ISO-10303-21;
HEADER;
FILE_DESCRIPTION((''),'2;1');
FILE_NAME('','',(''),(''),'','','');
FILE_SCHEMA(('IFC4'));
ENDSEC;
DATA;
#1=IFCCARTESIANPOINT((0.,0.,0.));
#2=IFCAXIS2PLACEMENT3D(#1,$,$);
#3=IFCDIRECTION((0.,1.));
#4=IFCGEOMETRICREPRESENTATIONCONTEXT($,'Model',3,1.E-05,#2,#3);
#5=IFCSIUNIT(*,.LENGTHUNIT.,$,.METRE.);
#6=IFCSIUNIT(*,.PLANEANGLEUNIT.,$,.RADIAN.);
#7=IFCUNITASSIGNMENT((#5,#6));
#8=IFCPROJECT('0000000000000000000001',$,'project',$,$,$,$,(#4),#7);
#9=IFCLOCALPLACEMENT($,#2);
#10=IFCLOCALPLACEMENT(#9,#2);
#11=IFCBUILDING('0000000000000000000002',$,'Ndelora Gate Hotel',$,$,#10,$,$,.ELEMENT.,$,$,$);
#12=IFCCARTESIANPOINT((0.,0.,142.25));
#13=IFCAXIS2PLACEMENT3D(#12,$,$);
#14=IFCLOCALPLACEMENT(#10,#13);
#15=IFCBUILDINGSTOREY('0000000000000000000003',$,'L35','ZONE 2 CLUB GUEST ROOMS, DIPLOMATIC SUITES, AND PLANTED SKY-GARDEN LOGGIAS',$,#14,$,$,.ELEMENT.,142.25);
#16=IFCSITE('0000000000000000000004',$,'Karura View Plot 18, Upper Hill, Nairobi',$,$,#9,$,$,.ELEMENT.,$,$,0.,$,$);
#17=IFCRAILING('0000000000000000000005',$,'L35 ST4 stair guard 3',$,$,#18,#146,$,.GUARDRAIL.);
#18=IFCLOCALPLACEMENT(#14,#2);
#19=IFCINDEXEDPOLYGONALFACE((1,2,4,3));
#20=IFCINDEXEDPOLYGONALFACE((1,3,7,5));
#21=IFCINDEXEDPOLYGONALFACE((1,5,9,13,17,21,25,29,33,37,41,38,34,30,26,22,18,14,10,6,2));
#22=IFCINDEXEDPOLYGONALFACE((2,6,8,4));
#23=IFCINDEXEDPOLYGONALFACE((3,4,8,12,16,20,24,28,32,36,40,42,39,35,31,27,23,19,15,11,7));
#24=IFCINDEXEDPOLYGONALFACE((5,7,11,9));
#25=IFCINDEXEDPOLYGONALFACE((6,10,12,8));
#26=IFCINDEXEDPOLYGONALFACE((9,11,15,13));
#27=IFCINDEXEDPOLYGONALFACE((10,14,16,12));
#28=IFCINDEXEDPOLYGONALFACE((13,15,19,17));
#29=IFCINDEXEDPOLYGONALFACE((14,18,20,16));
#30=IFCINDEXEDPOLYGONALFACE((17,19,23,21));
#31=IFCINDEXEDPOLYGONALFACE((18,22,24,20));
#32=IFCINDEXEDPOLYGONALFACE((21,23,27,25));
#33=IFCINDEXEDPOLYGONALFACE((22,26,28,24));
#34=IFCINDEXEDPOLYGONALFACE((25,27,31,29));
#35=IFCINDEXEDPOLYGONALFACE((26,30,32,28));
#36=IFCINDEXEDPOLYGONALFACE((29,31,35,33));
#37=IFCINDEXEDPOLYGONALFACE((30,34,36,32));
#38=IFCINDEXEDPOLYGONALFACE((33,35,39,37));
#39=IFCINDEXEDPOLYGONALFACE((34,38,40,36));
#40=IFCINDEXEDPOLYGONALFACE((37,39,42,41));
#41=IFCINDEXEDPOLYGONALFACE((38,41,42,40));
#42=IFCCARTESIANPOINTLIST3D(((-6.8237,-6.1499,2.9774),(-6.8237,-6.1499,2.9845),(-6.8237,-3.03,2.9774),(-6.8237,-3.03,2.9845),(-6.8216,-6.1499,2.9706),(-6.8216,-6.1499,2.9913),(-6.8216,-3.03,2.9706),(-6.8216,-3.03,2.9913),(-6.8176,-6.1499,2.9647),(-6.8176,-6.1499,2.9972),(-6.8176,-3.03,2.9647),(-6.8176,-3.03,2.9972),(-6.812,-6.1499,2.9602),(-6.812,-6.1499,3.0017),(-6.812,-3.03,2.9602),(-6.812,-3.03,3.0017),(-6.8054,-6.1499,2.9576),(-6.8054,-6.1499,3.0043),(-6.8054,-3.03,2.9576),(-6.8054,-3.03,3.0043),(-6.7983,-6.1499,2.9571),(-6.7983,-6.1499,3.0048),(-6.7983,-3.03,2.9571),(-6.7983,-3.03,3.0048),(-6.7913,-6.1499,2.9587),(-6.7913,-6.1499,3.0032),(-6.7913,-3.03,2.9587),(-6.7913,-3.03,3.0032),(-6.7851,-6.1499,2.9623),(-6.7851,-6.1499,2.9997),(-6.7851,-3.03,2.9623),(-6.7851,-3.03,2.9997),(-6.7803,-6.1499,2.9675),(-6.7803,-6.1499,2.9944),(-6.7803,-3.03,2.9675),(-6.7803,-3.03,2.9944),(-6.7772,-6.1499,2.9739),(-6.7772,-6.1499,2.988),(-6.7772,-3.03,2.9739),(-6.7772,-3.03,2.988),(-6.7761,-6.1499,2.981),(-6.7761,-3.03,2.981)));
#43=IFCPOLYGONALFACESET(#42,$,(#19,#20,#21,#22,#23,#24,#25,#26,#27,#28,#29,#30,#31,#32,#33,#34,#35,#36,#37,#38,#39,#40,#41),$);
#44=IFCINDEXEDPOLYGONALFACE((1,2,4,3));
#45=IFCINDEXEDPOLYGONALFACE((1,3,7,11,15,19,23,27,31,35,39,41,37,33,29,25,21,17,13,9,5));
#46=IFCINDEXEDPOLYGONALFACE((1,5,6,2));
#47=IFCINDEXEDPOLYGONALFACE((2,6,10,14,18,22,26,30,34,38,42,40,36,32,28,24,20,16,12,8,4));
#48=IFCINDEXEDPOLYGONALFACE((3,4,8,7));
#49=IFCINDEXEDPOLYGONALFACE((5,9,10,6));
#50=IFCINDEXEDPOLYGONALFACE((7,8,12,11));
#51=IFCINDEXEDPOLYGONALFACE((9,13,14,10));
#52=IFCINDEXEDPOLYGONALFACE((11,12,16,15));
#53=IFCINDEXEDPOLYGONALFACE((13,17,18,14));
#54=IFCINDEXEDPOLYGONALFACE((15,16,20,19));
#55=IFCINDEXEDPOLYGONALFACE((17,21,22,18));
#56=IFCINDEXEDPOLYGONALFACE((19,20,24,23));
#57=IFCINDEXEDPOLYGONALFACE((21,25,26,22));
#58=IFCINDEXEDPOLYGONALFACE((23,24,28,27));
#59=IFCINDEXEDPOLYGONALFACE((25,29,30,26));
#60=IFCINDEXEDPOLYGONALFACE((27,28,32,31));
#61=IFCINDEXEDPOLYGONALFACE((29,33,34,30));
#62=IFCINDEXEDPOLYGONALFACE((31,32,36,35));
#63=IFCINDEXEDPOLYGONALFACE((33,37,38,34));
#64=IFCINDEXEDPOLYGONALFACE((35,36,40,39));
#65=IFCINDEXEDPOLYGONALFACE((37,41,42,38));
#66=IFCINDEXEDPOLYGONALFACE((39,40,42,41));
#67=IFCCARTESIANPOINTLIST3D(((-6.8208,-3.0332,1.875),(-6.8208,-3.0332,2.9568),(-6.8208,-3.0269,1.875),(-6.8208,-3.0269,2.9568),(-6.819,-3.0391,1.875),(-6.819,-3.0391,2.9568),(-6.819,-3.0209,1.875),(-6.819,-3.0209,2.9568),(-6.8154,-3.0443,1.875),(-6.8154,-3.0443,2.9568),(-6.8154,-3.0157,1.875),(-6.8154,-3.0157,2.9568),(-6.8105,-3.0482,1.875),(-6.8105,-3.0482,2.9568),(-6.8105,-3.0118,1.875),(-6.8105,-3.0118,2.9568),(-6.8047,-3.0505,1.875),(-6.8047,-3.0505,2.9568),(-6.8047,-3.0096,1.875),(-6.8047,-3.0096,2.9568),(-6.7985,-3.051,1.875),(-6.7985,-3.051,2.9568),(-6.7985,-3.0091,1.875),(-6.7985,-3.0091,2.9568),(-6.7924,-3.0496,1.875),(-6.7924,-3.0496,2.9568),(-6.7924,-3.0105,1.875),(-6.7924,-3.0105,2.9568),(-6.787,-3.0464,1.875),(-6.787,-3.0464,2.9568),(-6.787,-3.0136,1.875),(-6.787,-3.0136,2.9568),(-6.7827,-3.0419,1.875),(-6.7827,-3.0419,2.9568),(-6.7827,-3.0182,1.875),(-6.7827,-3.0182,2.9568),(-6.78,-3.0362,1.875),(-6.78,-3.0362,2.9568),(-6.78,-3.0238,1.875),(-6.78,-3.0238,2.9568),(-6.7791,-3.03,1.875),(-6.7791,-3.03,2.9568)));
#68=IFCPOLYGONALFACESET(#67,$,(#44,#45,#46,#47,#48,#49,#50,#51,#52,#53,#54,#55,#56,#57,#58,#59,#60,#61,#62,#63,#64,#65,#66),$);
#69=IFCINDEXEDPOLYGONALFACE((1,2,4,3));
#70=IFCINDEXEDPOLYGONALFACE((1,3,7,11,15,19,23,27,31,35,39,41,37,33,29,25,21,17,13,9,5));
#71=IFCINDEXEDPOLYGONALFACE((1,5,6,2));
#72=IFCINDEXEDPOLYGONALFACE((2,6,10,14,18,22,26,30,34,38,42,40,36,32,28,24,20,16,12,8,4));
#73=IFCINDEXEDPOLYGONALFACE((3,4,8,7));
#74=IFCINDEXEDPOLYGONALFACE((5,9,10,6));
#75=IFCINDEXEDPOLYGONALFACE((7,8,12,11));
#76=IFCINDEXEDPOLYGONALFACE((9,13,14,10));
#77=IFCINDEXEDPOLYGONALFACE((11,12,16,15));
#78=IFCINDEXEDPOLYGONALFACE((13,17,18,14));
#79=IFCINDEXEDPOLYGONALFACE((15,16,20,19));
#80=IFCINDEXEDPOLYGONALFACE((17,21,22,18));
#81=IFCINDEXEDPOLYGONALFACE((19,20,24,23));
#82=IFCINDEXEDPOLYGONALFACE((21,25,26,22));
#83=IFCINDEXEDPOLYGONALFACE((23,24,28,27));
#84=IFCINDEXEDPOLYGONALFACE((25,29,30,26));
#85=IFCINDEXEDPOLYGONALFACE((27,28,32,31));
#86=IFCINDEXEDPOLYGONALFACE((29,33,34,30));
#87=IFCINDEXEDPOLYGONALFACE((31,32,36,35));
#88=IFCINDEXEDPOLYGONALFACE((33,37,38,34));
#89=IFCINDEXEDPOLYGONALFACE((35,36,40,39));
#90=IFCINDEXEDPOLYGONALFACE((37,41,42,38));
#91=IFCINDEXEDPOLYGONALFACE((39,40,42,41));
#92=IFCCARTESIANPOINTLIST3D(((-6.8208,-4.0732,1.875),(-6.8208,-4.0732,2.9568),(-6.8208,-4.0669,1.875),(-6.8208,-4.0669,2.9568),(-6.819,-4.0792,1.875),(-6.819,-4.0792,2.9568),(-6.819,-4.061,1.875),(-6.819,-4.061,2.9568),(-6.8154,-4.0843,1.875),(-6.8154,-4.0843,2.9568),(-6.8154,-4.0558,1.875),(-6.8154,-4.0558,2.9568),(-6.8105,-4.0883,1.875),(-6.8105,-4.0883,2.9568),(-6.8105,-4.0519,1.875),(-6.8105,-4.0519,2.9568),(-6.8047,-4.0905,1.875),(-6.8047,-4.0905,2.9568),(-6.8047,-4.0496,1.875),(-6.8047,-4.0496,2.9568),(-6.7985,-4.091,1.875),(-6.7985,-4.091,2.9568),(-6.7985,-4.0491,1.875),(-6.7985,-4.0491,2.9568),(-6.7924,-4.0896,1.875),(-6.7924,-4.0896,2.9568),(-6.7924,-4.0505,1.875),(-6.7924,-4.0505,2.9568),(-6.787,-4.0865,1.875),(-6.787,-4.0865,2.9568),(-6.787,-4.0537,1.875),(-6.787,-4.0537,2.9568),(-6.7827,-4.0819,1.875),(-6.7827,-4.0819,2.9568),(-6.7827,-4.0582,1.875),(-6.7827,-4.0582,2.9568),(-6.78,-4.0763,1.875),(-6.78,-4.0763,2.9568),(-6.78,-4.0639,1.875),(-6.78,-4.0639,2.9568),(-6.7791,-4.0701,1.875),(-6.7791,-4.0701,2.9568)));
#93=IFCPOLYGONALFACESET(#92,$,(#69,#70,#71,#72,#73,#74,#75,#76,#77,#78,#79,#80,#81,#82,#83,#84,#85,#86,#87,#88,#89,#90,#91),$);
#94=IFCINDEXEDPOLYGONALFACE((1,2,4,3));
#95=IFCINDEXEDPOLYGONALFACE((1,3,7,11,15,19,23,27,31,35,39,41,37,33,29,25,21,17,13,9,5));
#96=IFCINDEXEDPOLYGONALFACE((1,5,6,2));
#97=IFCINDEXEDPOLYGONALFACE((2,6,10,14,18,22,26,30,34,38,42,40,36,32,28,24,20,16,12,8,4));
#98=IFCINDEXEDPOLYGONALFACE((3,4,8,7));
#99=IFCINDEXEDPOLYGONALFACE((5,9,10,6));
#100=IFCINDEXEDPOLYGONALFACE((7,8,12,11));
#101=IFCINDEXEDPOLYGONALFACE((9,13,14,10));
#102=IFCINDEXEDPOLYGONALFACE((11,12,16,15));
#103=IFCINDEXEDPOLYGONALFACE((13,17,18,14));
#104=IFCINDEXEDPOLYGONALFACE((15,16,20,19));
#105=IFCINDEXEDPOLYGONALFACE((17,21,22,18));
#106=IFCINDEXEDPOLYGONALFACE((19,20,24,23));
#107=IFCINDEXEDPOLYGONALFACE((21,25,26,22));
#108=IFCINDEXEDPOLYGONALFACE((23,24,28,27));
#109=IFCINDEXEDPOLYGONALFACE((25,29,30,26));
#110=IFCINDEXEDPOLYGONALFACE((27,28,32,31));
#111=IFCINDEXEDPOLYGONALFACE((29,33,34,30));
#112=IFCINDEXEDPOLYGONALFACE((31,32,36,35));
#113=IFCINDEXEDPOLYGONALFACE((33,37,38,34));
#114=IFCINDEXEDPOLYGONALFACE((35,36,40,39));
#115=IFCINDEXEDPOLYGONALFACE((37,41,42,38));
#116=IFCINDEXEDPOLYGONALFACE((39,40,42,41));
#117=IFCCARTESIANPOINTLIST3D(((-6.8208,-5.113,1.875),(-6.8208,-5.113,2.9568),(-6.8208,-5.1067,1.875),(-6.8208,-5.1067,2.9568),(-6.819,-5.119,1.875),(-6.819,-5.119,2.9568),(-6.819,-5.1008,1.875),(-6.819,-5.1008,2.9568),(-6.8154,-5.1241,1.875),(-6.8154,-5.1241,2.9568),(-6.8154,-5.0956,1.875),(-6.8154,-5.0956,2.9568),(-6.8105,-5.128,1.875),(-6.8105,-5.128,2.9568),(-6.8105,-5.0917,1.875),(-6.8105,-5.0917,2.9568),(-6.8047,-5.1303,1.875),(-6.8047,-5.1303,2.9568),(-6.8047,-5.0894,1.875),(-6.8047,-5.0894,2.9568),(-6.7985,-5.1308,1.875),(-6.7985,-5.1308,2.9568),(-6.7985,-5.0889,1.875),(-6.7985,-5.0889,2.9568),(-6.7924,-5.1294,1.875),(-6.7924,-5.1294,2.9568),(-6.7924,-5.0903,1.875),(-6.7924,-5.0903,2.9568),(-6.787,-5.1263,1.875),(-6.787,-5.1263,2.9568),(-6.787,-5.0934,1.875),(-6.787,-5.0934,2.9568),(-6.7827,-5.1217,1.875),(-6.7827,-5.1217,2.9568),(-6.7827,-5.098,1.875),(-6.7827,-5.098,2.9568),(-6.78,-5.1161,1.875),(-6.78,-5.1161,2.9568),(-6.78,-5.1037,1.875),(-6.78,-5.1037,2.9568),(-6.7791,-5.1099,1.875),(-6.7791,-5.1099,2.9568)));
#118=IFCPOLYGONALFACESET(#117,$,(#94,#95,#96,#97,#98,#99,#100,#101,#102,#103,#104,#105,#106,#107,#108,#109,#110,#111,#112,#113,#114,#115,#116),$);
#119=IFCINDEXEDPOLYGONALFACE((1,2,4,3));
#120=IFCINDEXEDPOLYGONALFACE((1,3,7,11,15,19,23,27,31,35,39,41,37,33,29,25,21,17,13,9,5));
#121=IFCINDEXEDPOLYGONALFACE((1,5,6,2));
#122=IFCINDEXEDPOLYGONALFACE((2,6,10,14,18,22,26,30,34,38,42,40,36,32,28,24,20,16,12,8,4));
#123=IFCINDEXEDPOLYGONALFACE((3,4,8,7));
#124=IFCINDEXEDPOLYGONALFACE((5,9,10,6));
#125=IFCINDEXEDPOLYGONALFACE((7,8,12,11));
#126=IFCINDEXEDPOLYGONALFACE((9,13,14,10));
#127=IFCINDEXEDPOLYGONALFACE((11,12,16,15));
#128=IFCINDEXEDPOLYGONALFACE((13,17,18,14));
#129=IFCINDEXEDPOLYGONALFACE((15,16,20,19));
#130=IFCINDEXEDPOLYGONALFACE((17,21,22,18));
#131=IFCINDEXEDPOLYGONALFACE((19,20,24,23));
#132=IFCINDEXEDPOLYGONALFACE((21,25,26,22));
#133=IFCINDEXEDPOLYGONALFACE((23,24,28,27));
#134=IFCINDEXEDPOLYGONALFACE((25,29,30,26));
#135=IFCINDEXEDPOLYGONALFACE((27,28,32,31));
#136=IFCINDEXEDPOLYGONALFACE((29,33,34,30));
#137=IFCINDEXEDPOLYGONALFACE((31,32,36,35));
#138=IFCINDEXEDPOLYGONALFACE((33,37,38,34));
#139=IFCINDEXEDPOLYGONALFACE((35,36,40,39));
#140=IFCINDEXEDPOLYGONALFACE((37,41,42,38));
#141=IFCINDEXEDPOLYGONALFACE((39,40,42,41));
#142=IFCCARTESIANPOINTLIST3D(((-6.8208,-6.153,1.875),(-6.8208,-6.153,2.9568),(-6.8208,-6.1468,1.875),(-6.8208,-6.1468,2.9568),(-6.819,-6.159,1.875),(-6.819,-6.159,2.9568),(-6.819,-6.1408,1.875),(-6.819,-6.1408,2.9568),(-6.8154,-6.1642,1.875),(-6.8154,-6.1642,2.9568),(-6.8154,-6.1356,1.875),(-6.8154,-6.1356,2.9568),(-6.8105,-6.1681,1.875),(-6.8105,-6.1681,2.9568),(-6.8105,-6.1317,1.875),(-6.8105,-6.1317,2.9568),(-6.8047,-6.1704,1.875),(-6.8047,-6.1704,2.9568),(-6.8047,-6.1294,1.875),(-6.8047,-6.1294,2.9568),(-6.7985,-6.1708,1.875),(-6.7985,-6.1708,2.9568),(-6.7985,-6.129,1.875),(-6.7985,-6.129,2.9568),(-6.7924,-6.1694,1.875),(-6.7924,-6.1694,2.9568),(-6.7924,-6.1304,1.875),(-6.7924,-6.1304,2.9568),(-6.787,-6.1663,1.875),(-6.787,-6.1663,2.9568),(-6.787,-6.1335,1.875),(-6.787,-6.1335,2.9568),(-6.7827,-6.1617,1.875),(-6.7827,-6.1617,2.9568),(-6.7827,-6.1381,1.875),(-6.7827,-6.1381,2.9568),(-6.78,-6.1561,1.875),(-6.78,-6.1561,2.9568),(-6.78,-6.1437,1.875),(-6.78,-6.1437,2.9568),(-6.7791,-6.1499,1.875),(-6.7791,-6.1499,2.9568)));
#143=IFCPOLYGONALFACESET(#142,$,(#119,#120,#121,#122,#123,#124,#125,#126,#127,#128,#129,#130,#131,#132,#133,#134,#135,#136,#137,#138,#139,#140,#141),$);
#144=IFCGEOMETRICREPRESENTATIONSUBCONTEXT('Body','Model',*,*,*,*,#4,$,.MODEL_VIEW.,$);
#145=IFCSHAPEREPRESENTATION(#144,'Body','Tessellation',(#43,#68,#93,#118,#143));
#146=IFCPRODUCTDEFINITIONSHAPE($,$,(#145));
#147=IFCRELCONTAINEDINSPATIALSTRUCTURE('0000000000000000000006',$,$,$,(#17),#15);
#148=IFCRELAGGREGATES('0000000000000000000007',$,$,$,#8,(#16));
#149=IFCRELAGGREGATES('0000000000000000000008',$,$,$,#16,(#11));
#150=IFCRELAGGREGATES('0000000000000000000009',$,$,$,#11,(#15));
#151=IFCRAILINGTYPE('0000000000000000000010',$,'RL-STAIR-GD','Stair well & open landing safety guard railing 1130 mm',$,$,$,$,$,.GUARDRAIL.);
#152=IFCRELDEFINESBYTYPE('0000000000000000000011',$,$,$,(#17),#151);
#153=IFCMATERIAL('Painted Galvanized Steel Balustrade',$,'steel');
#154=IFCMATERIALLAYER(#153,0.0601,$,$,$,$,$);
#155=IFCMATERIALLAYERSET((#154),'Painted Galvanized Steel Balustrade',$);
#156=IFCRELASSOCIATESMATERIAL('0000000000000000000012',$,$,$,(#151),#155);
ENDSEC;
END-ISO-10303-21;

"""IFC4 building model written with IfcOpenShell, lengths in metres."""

from ifc_helpers import new_model, si_unit, direction, frame, origin, origin_2d, place, context, subcontext, project, spatial, circle, extrude, material, layer, layer_set, type_object, element, save


model = new_model("IFC4")

# Units and contexts
model_context = context("Model", 3, precision=1e-05, world=origin(), true_north=direction((0.0, 1.0)))
body_context = subcontext(model_context, "Body", "Model", "MODEL_VIEW")
ifc_project = project(units=[si_unit("LENGTHUNIT", "METRE"), si_unit("PLANEANGLEUNIT", "RADIAN")], contexts=[model_context])

# Site, building, storey
site_placement = place(None, origin())
site = spatial("IfcSite", under=ifc_project, at=site_placement, Name="Karura View Plot 18, Upper Hill, Nairobi", CompositionType="ELEMENT", RefElevation=0.0)
building_placement = place(site_placement, origin())
building = spatial("IfcBuilding", under=site, at=building_placement, Name="Ndelora Gate Hotel", CompositionType="ELEMENT")
storey_placement = place(building_placement, frame((0.0, 0.0, 142.25)))
storey = spatial("IfcBuildingStorey", under=building, at=storey_placement, Name="L35", Description="ZONE 2 CLUB GUEST ROOMS, DIPLOMATIC SUITES, AND PLANTED SKY-GARDEN LOGGIAS", CompositionType="ELEMENT", Elevation=142.25)

# Railing
ifc_material_1 = material(Name="Painted Galvanized Steel Balustrade", Category="steel")
ifc_layer_1 = layer(ifc_material_1, 0.0601)
ifc_layer_set_1 = layer_set([ifc_layer_1], Name="Painted Galvanized Steel Balustrade")
railing_type_1 = type_object("IfcRailingType", Name="RL-STAIR-GD", Description="Stair well & open landing safety guard railing 1130 mm", PredefinedType="GUARDRAIL", material=ifc_layer_set_1)
for number, where, name in (
    (1, (-6.8, -3.03, 1.875), "L35 ST4 stair guard 3"),
):
    element("IfcRailing", number, at=place(storey_placement, frame(where)), inside=storey, type_object=railing_type_1, Name=name, PredefinedType="GUARDRAIL", context=body_context, shape_type="SweptSolid", body=[
        extrude(circle(Radius=0.0239, at=origin_2d()), frame((0.0, 0.0, 1.106), z_axis=(0.0, -1.0, 0.0), x_axis=(1.0, 0.0, 0.0)), (0.0, 0.0, 1.0), 3.1199),
        extrude(circle(Radius=0.021, at=origin_2d()), origin(), (0.0, 0.0, 1.0), 1.0818),
        extrude(circle(Radius=0.021, at=origin_2d()), frame((0.0, -1.04, 0.0)), (0.0, 0.0, 1.0), 1.0818),
        extrude(circle(Radius=0.021, at=origin_2d()), frame((0.0, -2.0798, 0.0)), (0.0, 0.0, 1.0), 1.0818),
        extrude(circle(Radius=0.021, at=origin_2d()), frame((0.0, -3.1199, 0.0)), (0.0, 0.0, 1.0), 1.0818),
    ])

save(model, "model.ifc")
